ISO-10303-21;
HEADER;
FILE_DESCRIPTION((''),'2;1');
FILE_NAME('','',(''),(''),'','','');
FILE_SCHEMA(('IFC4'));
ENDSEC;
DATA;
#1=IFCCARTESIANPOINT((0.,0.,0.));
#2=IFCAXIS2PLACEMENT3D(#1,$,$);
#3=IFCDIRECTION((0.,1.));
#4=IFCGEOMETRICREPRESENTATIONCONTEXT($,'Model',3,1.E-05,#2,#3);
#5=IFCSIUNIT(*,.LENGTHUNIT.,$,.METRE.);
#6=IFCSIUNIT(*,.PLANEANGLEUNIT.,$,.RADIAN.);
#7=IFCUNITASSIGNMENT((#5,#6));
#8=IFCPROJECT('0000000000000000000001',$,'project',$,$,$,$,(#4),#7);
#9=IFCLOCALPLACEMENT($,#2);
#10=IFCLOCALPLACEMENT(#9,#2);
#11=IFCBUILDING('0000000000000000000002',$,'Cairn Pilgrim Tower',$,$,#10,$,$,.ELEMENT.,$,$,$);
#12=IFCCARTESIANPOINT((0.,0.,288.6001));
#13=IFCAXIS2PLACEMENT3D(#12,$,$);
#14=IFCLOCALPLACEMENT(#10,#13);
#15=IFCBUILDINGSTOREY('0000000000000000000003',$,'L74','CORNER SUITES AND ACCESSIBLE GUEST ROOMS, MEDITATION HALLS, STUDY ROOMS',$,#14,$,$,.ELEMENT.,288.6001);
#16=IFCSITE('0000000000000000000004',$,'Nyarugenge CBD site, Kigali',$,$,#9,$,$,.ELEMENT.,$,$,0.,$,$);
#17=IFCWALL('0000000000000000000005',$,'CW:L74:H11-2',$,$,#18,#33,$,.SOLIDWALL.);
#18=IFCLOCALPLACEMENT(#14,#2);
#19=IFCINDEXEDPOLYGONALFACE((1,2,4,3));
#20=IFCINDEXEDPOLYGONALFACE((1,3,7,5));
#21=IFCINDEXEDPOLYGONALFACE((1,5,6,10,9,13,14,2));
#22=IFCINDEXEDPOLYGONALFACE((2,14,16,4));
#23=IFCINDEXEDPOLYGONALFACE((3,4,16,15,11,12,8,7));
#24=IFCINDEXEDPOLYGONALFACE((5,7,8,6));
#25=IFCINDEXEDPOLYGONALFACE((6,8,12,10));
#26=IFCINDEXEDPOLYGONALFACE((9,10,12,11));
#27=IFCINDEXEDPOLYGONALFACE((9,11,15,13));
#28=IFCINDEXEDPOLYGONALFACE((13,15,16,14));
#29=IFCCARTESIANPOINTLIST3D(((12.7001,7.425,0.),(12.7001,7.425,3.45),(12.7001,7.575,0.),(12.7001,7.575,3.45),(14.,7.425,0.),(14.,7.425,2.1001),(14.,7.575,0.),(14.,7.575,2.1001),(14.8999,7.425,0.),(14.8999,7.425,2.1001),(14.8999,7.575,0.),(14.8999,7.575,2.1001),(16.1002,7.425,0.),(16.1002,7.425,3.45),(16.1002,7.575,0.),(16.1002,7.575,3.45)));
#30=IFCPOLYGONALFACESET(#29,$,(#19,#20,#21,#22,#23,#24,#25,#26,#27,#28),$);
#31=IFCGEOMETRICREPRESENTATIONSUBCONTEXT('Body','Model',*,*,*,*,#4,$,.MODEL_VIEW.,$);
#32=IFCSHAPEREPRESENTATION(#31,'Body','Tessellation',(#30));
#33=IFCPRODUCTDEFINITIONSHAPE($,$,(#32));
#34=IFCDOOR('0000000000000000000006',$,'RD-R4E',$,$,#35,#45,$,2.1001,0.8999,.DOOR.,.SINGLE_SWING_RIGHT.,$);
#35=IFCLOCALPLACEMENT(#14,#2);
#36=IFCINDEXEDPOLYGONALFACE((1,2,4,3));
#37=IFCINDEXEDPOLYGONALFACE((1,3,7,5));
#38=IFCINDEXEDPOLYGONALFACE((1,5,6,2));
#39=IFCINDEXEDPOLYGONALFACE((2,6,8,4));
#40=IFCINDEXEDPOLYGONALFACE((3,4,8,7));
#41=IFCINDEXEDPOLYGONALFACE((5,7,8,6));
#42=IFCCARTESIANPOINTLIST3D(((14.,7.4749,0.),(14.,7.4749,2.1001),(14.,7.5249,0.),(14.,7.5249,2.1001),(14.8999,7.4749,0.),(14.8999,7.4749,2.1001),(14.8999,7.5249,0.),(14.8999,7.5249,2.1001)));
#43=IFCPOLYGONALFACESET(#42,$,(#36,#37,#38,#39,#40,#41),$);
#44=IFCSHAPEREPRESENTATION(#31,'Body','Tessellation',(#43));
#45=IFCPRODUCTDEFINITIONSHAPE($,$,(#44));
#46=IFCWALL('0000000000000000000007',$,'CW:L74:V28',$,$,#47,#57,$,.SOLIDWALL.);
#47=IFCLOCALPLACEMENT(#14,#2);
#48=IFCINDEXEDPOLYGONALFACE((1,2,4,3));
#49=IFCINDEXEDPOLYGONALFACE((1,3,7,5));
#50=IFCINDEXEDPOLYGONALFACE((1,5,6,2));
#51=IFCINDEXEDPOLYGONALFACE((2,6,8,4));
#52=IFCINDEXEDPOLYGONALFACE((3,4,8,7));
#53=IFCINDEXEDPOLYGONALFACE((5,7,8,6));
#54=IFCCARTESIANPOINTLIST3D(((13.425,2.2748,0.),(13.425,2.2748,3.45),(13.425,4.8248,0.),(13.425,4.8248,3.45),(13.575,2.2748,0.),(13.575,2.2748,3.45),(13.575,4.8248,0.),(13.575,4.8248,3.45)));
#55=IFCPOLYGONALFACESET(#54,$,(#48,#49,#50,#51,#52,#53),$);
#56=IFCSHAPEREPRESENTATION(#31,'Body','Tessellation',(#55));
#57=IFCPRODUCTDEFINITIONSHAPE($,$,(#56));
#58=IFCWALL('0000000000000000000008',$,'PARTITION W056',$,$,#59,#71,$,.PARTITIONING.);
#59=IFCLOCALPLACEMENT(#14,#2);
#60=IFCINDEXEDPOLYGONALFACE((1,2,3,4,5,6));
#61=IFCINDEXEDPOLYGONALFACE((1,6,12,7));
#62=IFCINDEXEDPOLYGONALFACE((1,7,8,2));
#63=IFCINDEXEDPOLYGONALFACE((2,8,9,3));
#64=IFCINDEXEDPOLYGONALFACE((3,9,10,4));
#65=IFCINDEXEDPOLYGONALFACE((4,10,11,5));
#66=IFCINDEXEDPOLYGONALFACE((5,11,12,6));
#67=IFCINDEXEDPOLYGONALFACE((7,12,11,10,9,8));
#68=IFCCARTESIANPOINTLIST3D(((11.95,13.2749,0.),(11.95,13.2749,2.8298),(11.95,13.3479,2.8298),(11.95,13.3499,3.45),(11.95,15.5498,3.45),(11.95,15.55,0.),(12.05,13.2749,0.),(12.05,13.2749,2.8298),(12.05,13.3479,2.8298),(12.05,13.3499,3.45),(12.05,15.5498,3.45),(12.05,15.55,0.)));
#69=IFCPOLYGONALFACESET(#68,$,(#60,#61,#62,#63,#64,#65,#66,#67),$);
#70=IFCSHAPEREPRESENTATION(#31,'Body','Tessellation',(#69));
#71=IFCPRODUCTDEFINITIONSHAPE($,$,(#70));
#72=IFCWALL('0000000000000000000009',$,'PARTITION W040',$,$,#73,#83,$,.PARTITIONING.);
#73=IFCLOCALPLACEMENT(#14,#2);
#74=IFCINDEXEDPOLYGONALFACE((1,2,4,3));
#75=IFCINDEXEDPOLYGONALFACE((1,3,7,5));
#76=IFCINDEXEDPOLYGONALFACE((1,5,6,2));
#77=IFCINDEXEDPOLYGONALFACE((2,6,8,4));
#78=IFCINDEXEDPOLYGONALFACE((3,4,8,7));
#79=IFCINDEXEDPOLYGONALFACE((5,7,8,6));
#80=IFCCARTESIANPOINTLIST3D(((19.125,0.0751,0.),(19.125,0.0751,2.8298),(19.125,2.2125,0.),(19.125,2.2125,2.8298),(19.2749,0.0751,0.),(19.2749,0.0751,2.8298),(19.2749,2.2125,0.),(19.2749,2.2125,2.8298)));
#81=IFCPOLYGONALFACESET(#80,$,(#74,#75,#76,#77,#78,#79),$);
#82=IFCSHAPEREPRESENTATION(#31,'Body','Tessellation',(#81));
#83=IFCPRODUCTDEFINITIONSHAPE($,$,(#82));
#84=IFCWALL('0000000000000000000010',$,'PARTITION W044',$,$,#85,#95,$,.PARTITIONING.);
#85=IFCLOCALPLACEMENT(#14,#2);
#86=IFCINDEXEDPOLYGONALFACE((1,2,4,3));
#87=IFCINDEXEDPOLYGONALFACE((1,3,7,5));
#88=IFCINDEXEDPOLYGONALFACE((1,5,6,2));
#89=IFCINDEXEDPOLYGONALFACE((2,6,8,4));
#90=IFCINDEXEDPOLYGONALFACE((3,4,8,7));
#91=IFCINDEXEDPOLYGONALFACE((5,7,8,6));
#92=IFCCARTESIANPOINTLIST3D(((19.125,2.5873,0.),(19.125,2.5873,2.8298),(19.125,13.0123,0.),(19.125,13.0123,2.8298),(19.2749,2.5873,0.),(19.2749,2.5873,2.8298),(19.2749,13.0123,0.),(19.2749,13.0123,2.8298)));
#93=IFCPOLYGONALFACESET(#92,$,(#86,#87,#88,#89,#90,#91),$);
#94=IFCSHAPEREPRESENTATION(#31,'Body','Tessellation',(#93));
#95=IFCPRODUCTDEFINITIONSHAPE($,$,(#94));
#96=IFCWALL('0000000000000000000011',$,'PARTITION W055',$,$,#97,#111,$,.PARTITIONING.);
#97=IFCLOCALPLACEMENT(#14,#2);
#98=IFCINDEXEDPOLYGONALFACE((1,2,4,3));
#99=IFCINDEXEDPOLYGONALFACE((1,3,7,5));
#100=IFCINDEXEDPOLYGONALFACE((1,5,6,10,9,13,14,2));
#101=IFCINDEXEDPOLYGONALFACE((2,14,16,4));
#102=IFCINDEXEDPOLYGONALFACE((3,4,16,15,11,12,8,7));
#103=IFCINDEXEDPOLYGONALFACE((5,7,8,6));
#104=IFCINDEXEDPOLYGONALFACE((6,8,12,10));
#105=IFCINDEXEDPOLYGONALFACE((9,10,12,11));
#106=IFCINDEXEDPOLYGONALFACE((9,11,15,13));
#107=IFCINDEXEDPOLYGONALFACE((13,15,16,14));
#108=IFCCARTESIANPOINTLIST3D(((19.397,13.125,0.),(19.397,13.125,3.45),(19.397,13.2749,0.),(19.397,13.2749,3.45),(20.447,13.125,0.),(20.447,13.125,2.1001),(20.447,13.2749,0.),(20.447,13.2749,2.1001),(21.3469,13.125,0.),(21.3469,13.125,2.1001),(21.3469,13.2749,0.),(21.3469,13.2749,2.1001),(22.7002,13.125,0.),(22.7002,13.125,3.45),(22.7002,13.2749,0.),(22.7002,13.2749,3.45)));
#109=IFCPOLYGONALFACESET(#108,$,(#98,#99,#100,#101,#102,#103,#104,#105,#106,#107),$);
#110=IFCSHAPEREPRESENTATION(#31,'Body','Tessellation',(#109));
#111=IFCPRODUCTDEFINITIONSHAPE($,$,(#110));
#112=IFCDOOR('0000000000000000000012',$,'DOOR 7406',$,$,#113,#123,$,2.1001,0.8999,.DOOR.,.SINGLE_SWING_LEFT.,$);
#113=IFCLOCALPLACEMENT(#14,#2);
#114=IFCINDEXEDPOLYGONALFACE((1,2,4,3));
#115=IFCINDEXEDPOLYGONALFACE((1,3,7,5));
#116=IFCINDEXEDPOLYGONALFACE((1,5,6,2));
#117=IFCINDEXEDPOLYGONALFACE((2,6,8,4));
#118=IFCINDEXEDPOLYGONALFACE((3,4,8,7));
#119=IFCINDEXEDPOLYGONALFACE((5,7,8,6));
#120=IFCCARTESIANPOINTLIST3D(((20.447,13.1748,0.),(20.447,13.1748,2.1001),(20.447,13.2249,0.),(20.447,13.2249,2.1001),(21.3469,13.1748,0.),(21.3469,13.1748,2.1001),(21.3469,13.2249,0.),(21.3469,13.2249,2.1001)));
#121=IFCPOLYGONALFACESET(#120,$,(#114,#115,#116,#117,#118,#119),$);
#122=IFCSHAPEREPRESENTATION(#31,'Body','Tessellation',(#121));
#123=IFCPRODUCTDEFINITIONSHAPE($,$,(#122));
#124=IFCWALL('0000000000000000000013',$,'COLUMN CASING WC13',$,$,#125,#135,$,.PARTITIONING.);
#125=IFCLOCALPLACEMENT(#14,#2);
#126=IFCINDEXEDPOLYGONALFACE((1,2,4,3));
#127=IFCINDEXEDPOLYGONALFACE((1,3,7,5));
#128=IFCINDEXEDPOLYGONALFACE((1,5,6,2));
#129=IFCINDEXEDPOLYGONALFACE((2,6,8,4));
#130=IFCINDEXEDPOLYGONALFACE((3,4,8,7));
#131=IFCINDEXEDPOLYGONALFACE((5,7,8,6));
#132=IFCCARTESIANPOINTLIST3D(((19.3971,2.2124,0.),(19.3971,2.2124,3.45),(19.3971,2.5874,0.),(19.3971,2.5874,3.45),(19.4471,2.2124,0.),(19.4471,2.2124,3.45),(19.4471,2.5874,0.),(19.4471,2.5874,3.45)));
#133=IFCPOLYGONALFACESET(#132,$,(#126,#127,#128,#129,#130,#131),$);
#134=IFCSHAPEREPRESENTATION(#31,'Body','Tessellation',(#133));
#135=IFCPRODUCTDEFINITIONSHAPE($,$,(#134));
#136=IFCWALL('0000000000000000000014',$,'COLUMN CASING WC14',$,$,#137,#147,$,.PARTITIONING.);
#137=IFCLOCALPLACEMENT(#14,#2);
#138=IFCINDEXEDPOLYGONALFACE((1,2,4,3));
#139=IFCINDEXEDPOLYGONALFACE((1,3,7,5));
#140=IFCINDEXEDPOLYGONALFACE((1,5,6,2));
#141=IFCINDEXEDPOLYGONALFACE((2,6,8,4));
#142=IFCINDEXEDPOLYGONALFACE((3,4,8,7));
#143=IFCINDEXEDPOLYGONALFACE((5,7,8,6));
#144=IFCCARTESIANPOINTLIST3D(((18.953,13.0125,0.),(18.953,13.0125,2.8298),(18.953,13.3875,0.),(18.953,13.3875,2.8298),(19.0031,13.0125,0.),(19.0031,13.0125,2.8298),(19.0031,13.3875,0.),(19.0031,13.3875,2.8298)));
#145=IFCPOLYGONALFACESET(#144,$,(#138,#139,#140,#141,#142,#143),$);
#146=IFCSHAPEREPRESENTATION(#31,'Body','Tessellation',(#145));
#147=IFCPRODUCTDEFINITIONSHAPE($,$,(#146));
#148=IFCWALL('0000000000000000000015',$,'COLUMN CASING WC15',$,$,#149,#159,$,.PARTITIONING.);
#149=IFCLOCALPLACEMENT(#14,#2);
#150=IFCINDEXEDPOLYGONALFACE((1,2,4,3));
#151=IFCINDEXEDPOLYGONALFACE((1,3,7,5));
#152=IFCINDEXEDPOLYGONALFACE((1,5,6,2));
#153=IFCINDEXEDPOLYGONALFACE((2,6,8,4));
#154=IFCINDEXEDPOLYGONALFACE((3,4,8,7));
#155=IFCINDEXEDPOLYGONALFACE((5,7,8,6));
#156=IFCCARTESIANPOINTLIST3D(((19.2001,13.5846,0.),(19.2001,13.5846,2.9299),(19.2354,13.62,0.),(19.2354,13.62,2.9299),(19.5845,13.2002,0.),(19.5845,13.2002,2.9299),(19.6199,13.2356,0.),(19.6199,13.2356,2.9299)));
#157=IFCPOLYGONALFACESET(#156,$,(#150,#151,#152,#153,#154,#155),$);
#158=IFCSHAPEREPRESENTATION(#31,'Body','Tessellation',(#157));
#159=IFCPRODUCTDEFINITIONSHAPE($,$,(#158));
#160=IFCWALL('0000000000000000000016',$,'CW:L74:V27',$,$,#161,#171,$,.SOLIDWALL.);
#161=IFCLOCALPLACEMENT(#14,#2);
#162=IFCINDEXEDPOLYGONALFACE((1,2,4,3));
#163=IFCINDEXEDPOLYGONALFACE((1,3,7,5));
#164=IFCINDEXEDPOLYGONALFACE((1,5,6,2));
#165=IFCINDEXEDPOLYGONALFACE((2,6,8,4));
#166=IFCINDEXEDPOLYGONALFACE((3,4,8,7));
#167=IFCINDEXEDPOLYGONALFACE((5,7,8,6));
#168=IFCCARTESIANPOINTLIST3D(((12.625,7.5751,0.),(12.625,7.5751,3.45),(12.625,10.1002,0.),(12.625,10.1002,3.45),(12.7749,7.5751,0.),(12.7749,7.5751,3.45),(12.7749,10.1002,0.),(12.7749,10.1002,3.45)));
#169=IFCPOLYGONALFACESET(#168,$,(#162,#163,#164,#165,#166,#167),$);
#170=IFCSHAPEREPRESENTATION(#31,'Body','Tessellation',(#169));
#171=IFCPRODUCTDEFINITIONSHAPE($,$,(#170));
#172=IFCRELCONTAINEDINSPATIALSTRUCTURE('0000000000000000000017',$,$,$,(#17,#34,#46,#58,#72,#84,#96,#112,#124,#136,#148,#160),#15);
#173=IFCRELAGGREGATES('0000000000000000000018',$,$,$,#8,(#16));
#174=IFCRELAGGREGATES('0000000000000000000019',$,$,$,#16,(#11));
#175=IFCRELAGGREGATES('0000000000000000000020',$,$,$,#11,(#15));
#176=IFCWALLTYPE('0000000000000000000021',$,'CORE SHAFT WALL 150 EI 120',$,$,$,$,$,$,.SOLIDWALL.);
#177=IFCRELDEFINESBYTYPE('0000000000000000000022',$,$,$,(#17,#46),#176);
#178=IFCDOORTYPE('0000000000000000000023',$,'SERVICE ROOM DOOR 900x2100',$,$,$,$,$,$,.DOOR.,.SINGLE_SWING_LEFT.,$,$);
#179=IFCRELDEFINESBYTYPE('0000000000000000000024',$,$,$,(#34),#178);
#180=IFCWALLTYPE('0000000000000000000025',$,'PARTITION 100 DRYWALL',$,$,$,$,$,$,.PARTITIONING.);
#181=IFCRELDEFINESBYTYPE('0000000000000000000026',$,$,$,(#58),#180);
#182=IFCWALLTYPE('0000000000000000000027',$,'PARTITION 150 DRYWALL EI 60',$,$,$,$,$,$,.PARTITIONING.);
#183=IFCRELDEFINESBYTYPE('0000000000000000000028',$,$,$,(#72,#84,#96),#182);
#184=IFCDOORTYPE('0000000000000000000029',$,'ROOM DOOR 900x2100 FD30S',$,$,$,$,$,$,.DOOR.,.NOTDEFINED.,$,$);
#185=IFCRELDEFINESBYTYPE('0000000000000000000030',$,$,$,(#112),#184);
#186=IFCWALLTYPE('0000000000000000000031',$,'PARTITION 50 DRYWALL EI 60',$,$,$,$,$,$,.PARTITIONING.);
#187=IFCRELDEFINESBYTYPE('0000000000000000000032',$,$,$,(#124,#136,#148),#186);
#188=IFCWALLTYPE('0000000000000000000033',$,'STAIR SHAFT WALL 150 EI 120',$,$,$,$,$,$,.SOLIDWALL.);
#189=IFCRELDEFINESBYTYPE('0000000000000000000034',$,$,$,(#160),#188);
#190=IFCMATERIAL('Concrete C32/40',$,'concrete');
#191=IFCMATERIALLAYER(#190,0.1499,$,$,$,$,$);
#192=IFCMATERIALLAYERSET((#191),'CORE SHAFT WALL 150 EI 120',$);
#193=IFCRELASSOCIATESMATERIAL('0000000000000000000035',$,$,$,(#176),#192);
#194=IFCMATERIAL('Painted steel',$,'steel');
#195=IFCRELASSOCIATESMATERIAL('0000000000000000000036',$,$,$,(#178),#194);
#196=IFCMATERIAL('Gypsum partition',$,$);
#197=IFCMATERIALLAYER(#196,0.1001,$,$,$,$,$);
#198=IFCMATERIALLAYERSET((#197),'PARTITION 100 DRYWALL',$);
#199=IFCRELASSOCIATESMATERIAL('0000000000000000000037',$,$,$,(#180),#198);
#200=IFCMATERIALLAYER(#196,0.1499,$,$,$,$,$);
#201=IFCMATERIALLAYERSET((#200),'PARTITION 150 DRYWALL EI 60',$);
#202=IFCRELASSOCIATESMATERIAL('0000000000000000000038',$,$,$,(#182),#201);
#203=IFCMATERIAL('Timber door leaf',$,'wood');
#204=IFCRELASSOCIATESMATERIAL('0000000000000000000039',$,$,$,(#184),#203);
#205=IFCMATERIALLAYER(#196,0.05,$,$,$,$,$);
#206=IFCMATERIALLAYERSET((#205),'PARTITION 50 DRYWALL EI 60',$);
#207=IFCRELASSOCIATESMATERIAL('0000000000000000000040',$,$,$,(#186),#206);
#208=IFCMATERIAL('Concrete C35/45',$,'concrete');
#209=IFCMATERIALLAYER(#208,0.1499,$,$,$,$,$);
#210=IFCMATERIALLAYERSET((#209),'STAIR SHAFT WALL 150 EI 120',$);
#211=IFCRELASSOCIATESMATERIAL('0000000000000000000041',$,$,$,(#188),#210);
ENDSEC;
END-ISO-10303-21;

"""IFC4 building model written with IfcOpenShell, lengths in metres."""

from ifc_helpers import new_model, si_unit, direction, frame, frame_2d, origin, place, context, subcontext, project, spatial, polyline, rectangle, outline, extrude, material, layer, layer_set, type_object, element, fill, save


model = new_model("IFC4")

# Units and contexts
model_context = context("Model", 3, precision=1e-05, world=origin(), true_north=direction((0.0, 1.0)))
body_context = subcontext(model_context, "Body", "Model", "MODEL_VIEW")
ifc_project = project(units=[si_unit("LENGTHUNIT", "METRE"), si_unit("PLANEANGLEUNIT", "RADIAN")], contexts=[model_context])

# Site, building, storey
site_placement = place(None, origin())
site = spatial("IfcSite", under=ifc_project, at=site_placement, Name="Nyarugenge CBD site, Kigali", CompositionType="ELEMENT", RefElevation=0.0)
building_placement = place(site_placement, origin())
building = spatial("IfcBuilding", under=site, at=building_placement, Name="Cairn Pilgrim Tower", CompositionType="ELEMENT")
storey_placement = place(building_placement, frame((0.0, 0.0, 288.6001)))
storey = spatial("IfcBuildingStorey", under=building, at=storey_placement, Name="L74", Description="CORNER SUITES AND ACCESSIBLE GUEST ROOMS, MEDITATION HALLS, STUDY ROOMS", CompositionType="ELEMENT", Elevation=288.6001)

# Shared definitions
ifc_material_1 = material(Name="Concrete C32/40", Category="concrete")

# Wall, opening, door
ifc_layer_1 = layer(ifc_material_1, 0.1499)
ifc_layer_set_1 = layer_set([ifc_layer_1], Name="CORE SHAFT WALL 150 EI 120")
wall_type_1 = type_object("IfcWallType", Name="CORE SHAFT WALL 150 EI 120", PredefinedType="SOLIDWALL", material=ifc_layer_set_1)
wall_1_placement = place(storey_placement, frame((12.7, 7.5, 0.0), z_axis=(0.0, 0.0, 1.0), x_axis=(1.0, 0.0, 0.0)))
wall_1 = element("IfcWall", 1, at=wall_1_placement, inside=storey, type_object=wall_type_1, Name="CW:L74:H11-2", PredefinedType="SOLIDWALL", context=body_context, shape_type="SweptSolid", body=[
    extrude(rectangle(XDim=3.4001, YDim=0.1499, at=frame_2d((1.7002, 0.0))), origin(), (0.0, 0.0, 1.0), 3.45),
])
opening_1_placement = place(wall_1_placement, frame((1.3, 0.0, 0.0)))
opening_1 = element("IfcOpeningElement", 2, at=opening_1_placement, cuts=wall_1, PredefinedType="OPENING", context=body_context, shape_type="SweptSolid", body=[
    extrude(rectangle(XDim=0.8999, YDim=2.1001, at=frame_2d((0.45, 1.05))), frame((0.0, 0.085, 0.0), z_axis=(0.0, -1.0, 0.0), x_axis=(1.0, 0.0, 0.0)), (0.0, 0.0, 1.0), 0.1699),
])
ifc_material_2 = material(Name="Painted steel", Category="steel")
door_type_1 = type_object("IfcDoorType", Name="SERVICE ROOM DOOR 900x2100", OperationType="SINGLE_SWING_LEFT", PredefinedType="DOOR", material=ifc_material_2)
door_1_placement = place(opening_1_placement, origin())
door_1 = element("IfcDoor", 3, at=door_1_placement, inside=storey, type_object=door_type_1, Name="RD-R4E", OperationType="SINGLE_SWING_RIGHT", OverallHeight=2.1001, OverallWidth=0.8999, PredefinedType="DOOR", context=body_context, shape_type="SweptSolid", body=[
    extrude(rectangle(XDim=0.8999, YDim=2.1001, at=frame_2d((0.45, 1.05))), frame((0.0, 0.0249, 0.0), z_axis=(0.0, -1.0, 0.0), x_axis=(1.0, 0.0, 0.0)), (0.0, 0.0, 1.0), 0.05),
])
fill(opening_1, door_1)

# Walls
wall_2_placement = place(storey_placement, frame((13.5, 2.2749, 0.0), z_axis=(0.0, 0.0, 1.0), x_axis=(0.0, 1.0, 0.0)))
element("IfcWall", 4, at=wall_2_placement, inside=storey, type_object=wall_type_1, Name="CW:L74:V28", PredefinedType="SOLIDWALL", context=body_context, shape_type="SweptSolid", body=[
    extrude(rectangle(XDim=2.55, YDim=0.1499, at=frame_2d((1.2749, 0.0))), origin(), (0.0, 0.0, 1.0), 3.45),
])
ifc_material_3 = material(Name="Gypsum partition")
ifc_layer_2 = layer(ifc_material_3, 0.1001)
ifc_layer_set_2 = layer_set([ifc_layer_2], Name="PARTITION 100 DRYWALL")
wall_type_2 = type_object("IfcWallType", Name="PARTITION 100 DRYWALL", PredefinedType="PARTITIONING", material=ifc_layer_set_2)
wall_3_placement = place(storey_placement, frame((12.0, 13.2749, 0.0), z_axis=(0.0, 0.0, 1.0), x_axis=(0.0, 1.0, 0.0)))
element("IfcWall", 5, at=wall_3_placement, inside=storey, type_object=wall_type_2, Name="PARTITION W056", PredefinedType="PARTITIONING", context=body_context, shape_type="SweptSolid", body=[
    extrude(outline(polyline([(0.0, 0.0), (2.2751, 0.0), (2.2749, 3.45), (0.075, 3.45), (0.073, 2.8298), (0.0, 2.8298), (0.0, 0.0)])), frame((0.0, 0.05, 0.0), z_axis=(0.0, -1.0, 0.0), x_axis=(1.0, 0.0, 0.0)), (0.0, 0.0, 1.0), 0.1001),
])
ifc_layer_3 = layer(ifc_material_3, 0.1499)
ifc_layer_set_3 = layer_set([ifc_layer_3], Name="PARTITION 150 DRYWALL EI 60")
wall_type_3 = type_object("IfcWallType", Name="PARTITION 150 DRYWALL EI 60", PredefinedType="PARTITIONING", material=ifc_layer_set_3)
wall_4_placement = place(storey_placement, frame((19.2, 0.075, 0.0), z_axis=(0.0, 0.0, 1.0), x_axis=(0.0, 1.0, 0.0)))
element("IfcWall", 6, at=wall_4_placement, inside=storey, type_object=wall_type_3, Name="PARTITION W040", PredefinedType="PARTITIONING", context=body_context, shape_type="SweptSolid", body=[
    extrude(rectangle(XDim=2.1375, YDim=0.1499, at=frame_2d((1.0688, 0.0))), origin(), (0.0, 0.0, 1.0), 2.8298),
])
wall_5_placement = place(storey_placement, frame((19.2, 2.5874, 0.0), z_axis=(0.0, 0.0, 1.0), x_axis=(0.0, 1.0, 0.0)))
element("IfcWall", 7, at=wall_5_placement, inside=storey, type_object=wall_type_3, Name="PARTITION W044", PredefinedType="PARTITIONING", context=body_context, shape_type="SweptSolid", body=[
    extrude(rectangle(XDim=10.425, YDim=0.1499, at=frame_2d((5.2124, 0.0))), origin(), (0.0, 0.0, 1.0), 2.8298),
])

# Wall, opening, door
wall_6_placement = place(storey_placement, frame((19.397, 13.2, 0.0), z_axis=(0.0, 0.0, 1.0), x_axis=(1.0, 0.0, 0.0)))
wall_6 = element("IfcWall", 8, at=wall_6_placement, inside=storey, type_object=wall_type_3, Name="PARTITION W055", PredefinedType="PARTITIONING", context=body_context, shape_type="SweptSolid", body=[
    extrude(rectangle(XDim=3.3032, YDim=0.1499, at=frame_2d((1.6516, 0.0))), origin(), (0.0, 0.0, 1.0), 3.45),
])
opening_2_placement = place(wall_6_placement, frame((1.05, 0.0, 0.0)))
opening_2 = element("IfcOpeningElement", 9, at=opening_2_placement, cuts=wall_6, PredefinedType="OPENING", context=body_context, shape_type="SweptSolid", body=[
    extrude(rectangle(XDim=0.8999, YDim=2.1001, at=frame_2d((0.45, 1.05))), frame((0.0, 0.085, 0.0), z_axis=(0.0, -1.0, 0.0), x_axis=(1.0, 0.0, 0.0)), (0.0, 0.0, 1.0), 0.1699),
])
ifc_material_4 = material(Name="Timber door leaf", Category="wood")
door_type_2 = type_object("IfcDoorType", Name="ROOM DOOR 900x2100 FD30S", OperationType="NOTDEFINED", PredefinedType="DOOR", material=ifc_material_4)
door_2_placement = place(opening_2_placement, origin())
door_2 = element("IfcDoor", 10, at=door_2_placement, inside=storey, type_object=door_type_2, Name="DOOR 7406", OperationType="SINGLE_SWING_LEFT", OverallHeight=2.1001, OverallWidth=0.8999, PredefinedType="DOOR", context=body_context, shape_type="SweptSolid", body=[
    extrude(rectangle(XDim=0.8999, YDim=2.1001, at=frame_2d((0.45, 1.05))), frame((0.0, 0.0249, 0.0), z_axis=(0.0, -1.0, 0.0), x_axis=(1.0, 0.0, 0.0)), (0.0, 0.0, 1.0), 0.05),
])
fill(opening_2, door_2)

# Walls
ifc_layer_4 = layer(ifc_material_3, 0.05)
ifc_layer_set_4 = layer_set([ifc_layer_4], Name="PARTITION 50 DRYWALL EI 60")
wall_type_4 = type_object("IfcWallType", Name="PARTITION 50 DRYWALL EI 60", PredefinedType="PARTITIONING", material=ifc_layer_set_4)
wall_7_placement = place(storey_placement, frame((19.4221, 2.2124, 0.0), z_axis=(0.0, 0.0, 1.0), x_axis=(0.0, 1.0, 0.0)))
element("IfcWall", 11, at=wall_7_placement, inside=storey, type_object=wall_type_4, Name="COLUMN CASING WC13", PredefinedType="PARTITIONING", context=body_context, shape_type="SweptSolid", body=[
    extrude(rectangle(XDim=0.375, YDim=0.05, at=frame_2d((0.1875, 0.0))), origin(), (0.0, 0.0, 1.0), 3.45),
])
wall_8_placement = place(storey_placement, frame((18.978, 13.0125, 0.0), z_axis=(0.0, 0.0, 1.0), x_axis=(0.0, 1.0, 0.0)))
element("IfcWall", 12, at=wall_8_placement, inside=storey, type_object=wall_type_4, Name="COLUMN CASING WC14", PredefinedType="PARTITIONING", context=body_context, shape_type="SweptSolid", body=[
    extrude(rectangle(XDim=0.375, YDim=0.05, at=frame_2d((0.1875, 0.0))), origin(), (0.0, 0.0, 1.0), 2.8298),
])
wall_9_placement = place(storey_placement, frame((19.6023, 13.2178, 0.0), z_axis=(0.0, 0.0, 1.0), x_axis=(-0.707107, 0.707107, 0.0)))
element("IfcWall", 13, at=wall_9_placement, inside=storey, type_object=wall_type_4, Name="COLUMN CASING WC15", PredefinedType="PARTITIONING", context=body_context, shape_type="SweptSolid", body=[
    extrude(rectangle(XDim=0.5437, YDim=0.05, at=frame_2d((0.272, 0.0))), origin(), (0.0, 0.0, 1.0), 2.9299),
])
ifc_material_5 = material(Name="Concrete C35/45", Category="concrete")
ifc_layer_5 = layer(ifc_material_5, 0.1499)
ifc_layer_set_5 = layer_set([ifc_layer_5], Name="STAIR SHAFT WALL 150 EI 120")
wall_type_5 = type_object("IfcWallType", Name="STAIR SHAFT WALL 150 EI 120", PredefinedType="SOLIDWALL", material=ifc_layer_set_5)
wall_10_placement = place(storey_placement, frame((12.7, 7.575, 0.0), z_axis=(0.0, 0.0, 1.0), x_axis=(0.0, 1.0, 0.0)))
element("IfcWall", 14, at=wall_10_placement, inside=storey, type_object=wall_type_5, Name="CW:L74:V27", PredefinedType="SOLIDWALL", context=body_context, shape_type="SweptSolid", body=[
    extrude(rectangle(XDim=2.5251, YDim=0.1499, at=frame_2d((1.2627, 0.0))), origin(), (0.0, 0.0, 1.0), 3.45),
])

save(model, "model.ifc")
